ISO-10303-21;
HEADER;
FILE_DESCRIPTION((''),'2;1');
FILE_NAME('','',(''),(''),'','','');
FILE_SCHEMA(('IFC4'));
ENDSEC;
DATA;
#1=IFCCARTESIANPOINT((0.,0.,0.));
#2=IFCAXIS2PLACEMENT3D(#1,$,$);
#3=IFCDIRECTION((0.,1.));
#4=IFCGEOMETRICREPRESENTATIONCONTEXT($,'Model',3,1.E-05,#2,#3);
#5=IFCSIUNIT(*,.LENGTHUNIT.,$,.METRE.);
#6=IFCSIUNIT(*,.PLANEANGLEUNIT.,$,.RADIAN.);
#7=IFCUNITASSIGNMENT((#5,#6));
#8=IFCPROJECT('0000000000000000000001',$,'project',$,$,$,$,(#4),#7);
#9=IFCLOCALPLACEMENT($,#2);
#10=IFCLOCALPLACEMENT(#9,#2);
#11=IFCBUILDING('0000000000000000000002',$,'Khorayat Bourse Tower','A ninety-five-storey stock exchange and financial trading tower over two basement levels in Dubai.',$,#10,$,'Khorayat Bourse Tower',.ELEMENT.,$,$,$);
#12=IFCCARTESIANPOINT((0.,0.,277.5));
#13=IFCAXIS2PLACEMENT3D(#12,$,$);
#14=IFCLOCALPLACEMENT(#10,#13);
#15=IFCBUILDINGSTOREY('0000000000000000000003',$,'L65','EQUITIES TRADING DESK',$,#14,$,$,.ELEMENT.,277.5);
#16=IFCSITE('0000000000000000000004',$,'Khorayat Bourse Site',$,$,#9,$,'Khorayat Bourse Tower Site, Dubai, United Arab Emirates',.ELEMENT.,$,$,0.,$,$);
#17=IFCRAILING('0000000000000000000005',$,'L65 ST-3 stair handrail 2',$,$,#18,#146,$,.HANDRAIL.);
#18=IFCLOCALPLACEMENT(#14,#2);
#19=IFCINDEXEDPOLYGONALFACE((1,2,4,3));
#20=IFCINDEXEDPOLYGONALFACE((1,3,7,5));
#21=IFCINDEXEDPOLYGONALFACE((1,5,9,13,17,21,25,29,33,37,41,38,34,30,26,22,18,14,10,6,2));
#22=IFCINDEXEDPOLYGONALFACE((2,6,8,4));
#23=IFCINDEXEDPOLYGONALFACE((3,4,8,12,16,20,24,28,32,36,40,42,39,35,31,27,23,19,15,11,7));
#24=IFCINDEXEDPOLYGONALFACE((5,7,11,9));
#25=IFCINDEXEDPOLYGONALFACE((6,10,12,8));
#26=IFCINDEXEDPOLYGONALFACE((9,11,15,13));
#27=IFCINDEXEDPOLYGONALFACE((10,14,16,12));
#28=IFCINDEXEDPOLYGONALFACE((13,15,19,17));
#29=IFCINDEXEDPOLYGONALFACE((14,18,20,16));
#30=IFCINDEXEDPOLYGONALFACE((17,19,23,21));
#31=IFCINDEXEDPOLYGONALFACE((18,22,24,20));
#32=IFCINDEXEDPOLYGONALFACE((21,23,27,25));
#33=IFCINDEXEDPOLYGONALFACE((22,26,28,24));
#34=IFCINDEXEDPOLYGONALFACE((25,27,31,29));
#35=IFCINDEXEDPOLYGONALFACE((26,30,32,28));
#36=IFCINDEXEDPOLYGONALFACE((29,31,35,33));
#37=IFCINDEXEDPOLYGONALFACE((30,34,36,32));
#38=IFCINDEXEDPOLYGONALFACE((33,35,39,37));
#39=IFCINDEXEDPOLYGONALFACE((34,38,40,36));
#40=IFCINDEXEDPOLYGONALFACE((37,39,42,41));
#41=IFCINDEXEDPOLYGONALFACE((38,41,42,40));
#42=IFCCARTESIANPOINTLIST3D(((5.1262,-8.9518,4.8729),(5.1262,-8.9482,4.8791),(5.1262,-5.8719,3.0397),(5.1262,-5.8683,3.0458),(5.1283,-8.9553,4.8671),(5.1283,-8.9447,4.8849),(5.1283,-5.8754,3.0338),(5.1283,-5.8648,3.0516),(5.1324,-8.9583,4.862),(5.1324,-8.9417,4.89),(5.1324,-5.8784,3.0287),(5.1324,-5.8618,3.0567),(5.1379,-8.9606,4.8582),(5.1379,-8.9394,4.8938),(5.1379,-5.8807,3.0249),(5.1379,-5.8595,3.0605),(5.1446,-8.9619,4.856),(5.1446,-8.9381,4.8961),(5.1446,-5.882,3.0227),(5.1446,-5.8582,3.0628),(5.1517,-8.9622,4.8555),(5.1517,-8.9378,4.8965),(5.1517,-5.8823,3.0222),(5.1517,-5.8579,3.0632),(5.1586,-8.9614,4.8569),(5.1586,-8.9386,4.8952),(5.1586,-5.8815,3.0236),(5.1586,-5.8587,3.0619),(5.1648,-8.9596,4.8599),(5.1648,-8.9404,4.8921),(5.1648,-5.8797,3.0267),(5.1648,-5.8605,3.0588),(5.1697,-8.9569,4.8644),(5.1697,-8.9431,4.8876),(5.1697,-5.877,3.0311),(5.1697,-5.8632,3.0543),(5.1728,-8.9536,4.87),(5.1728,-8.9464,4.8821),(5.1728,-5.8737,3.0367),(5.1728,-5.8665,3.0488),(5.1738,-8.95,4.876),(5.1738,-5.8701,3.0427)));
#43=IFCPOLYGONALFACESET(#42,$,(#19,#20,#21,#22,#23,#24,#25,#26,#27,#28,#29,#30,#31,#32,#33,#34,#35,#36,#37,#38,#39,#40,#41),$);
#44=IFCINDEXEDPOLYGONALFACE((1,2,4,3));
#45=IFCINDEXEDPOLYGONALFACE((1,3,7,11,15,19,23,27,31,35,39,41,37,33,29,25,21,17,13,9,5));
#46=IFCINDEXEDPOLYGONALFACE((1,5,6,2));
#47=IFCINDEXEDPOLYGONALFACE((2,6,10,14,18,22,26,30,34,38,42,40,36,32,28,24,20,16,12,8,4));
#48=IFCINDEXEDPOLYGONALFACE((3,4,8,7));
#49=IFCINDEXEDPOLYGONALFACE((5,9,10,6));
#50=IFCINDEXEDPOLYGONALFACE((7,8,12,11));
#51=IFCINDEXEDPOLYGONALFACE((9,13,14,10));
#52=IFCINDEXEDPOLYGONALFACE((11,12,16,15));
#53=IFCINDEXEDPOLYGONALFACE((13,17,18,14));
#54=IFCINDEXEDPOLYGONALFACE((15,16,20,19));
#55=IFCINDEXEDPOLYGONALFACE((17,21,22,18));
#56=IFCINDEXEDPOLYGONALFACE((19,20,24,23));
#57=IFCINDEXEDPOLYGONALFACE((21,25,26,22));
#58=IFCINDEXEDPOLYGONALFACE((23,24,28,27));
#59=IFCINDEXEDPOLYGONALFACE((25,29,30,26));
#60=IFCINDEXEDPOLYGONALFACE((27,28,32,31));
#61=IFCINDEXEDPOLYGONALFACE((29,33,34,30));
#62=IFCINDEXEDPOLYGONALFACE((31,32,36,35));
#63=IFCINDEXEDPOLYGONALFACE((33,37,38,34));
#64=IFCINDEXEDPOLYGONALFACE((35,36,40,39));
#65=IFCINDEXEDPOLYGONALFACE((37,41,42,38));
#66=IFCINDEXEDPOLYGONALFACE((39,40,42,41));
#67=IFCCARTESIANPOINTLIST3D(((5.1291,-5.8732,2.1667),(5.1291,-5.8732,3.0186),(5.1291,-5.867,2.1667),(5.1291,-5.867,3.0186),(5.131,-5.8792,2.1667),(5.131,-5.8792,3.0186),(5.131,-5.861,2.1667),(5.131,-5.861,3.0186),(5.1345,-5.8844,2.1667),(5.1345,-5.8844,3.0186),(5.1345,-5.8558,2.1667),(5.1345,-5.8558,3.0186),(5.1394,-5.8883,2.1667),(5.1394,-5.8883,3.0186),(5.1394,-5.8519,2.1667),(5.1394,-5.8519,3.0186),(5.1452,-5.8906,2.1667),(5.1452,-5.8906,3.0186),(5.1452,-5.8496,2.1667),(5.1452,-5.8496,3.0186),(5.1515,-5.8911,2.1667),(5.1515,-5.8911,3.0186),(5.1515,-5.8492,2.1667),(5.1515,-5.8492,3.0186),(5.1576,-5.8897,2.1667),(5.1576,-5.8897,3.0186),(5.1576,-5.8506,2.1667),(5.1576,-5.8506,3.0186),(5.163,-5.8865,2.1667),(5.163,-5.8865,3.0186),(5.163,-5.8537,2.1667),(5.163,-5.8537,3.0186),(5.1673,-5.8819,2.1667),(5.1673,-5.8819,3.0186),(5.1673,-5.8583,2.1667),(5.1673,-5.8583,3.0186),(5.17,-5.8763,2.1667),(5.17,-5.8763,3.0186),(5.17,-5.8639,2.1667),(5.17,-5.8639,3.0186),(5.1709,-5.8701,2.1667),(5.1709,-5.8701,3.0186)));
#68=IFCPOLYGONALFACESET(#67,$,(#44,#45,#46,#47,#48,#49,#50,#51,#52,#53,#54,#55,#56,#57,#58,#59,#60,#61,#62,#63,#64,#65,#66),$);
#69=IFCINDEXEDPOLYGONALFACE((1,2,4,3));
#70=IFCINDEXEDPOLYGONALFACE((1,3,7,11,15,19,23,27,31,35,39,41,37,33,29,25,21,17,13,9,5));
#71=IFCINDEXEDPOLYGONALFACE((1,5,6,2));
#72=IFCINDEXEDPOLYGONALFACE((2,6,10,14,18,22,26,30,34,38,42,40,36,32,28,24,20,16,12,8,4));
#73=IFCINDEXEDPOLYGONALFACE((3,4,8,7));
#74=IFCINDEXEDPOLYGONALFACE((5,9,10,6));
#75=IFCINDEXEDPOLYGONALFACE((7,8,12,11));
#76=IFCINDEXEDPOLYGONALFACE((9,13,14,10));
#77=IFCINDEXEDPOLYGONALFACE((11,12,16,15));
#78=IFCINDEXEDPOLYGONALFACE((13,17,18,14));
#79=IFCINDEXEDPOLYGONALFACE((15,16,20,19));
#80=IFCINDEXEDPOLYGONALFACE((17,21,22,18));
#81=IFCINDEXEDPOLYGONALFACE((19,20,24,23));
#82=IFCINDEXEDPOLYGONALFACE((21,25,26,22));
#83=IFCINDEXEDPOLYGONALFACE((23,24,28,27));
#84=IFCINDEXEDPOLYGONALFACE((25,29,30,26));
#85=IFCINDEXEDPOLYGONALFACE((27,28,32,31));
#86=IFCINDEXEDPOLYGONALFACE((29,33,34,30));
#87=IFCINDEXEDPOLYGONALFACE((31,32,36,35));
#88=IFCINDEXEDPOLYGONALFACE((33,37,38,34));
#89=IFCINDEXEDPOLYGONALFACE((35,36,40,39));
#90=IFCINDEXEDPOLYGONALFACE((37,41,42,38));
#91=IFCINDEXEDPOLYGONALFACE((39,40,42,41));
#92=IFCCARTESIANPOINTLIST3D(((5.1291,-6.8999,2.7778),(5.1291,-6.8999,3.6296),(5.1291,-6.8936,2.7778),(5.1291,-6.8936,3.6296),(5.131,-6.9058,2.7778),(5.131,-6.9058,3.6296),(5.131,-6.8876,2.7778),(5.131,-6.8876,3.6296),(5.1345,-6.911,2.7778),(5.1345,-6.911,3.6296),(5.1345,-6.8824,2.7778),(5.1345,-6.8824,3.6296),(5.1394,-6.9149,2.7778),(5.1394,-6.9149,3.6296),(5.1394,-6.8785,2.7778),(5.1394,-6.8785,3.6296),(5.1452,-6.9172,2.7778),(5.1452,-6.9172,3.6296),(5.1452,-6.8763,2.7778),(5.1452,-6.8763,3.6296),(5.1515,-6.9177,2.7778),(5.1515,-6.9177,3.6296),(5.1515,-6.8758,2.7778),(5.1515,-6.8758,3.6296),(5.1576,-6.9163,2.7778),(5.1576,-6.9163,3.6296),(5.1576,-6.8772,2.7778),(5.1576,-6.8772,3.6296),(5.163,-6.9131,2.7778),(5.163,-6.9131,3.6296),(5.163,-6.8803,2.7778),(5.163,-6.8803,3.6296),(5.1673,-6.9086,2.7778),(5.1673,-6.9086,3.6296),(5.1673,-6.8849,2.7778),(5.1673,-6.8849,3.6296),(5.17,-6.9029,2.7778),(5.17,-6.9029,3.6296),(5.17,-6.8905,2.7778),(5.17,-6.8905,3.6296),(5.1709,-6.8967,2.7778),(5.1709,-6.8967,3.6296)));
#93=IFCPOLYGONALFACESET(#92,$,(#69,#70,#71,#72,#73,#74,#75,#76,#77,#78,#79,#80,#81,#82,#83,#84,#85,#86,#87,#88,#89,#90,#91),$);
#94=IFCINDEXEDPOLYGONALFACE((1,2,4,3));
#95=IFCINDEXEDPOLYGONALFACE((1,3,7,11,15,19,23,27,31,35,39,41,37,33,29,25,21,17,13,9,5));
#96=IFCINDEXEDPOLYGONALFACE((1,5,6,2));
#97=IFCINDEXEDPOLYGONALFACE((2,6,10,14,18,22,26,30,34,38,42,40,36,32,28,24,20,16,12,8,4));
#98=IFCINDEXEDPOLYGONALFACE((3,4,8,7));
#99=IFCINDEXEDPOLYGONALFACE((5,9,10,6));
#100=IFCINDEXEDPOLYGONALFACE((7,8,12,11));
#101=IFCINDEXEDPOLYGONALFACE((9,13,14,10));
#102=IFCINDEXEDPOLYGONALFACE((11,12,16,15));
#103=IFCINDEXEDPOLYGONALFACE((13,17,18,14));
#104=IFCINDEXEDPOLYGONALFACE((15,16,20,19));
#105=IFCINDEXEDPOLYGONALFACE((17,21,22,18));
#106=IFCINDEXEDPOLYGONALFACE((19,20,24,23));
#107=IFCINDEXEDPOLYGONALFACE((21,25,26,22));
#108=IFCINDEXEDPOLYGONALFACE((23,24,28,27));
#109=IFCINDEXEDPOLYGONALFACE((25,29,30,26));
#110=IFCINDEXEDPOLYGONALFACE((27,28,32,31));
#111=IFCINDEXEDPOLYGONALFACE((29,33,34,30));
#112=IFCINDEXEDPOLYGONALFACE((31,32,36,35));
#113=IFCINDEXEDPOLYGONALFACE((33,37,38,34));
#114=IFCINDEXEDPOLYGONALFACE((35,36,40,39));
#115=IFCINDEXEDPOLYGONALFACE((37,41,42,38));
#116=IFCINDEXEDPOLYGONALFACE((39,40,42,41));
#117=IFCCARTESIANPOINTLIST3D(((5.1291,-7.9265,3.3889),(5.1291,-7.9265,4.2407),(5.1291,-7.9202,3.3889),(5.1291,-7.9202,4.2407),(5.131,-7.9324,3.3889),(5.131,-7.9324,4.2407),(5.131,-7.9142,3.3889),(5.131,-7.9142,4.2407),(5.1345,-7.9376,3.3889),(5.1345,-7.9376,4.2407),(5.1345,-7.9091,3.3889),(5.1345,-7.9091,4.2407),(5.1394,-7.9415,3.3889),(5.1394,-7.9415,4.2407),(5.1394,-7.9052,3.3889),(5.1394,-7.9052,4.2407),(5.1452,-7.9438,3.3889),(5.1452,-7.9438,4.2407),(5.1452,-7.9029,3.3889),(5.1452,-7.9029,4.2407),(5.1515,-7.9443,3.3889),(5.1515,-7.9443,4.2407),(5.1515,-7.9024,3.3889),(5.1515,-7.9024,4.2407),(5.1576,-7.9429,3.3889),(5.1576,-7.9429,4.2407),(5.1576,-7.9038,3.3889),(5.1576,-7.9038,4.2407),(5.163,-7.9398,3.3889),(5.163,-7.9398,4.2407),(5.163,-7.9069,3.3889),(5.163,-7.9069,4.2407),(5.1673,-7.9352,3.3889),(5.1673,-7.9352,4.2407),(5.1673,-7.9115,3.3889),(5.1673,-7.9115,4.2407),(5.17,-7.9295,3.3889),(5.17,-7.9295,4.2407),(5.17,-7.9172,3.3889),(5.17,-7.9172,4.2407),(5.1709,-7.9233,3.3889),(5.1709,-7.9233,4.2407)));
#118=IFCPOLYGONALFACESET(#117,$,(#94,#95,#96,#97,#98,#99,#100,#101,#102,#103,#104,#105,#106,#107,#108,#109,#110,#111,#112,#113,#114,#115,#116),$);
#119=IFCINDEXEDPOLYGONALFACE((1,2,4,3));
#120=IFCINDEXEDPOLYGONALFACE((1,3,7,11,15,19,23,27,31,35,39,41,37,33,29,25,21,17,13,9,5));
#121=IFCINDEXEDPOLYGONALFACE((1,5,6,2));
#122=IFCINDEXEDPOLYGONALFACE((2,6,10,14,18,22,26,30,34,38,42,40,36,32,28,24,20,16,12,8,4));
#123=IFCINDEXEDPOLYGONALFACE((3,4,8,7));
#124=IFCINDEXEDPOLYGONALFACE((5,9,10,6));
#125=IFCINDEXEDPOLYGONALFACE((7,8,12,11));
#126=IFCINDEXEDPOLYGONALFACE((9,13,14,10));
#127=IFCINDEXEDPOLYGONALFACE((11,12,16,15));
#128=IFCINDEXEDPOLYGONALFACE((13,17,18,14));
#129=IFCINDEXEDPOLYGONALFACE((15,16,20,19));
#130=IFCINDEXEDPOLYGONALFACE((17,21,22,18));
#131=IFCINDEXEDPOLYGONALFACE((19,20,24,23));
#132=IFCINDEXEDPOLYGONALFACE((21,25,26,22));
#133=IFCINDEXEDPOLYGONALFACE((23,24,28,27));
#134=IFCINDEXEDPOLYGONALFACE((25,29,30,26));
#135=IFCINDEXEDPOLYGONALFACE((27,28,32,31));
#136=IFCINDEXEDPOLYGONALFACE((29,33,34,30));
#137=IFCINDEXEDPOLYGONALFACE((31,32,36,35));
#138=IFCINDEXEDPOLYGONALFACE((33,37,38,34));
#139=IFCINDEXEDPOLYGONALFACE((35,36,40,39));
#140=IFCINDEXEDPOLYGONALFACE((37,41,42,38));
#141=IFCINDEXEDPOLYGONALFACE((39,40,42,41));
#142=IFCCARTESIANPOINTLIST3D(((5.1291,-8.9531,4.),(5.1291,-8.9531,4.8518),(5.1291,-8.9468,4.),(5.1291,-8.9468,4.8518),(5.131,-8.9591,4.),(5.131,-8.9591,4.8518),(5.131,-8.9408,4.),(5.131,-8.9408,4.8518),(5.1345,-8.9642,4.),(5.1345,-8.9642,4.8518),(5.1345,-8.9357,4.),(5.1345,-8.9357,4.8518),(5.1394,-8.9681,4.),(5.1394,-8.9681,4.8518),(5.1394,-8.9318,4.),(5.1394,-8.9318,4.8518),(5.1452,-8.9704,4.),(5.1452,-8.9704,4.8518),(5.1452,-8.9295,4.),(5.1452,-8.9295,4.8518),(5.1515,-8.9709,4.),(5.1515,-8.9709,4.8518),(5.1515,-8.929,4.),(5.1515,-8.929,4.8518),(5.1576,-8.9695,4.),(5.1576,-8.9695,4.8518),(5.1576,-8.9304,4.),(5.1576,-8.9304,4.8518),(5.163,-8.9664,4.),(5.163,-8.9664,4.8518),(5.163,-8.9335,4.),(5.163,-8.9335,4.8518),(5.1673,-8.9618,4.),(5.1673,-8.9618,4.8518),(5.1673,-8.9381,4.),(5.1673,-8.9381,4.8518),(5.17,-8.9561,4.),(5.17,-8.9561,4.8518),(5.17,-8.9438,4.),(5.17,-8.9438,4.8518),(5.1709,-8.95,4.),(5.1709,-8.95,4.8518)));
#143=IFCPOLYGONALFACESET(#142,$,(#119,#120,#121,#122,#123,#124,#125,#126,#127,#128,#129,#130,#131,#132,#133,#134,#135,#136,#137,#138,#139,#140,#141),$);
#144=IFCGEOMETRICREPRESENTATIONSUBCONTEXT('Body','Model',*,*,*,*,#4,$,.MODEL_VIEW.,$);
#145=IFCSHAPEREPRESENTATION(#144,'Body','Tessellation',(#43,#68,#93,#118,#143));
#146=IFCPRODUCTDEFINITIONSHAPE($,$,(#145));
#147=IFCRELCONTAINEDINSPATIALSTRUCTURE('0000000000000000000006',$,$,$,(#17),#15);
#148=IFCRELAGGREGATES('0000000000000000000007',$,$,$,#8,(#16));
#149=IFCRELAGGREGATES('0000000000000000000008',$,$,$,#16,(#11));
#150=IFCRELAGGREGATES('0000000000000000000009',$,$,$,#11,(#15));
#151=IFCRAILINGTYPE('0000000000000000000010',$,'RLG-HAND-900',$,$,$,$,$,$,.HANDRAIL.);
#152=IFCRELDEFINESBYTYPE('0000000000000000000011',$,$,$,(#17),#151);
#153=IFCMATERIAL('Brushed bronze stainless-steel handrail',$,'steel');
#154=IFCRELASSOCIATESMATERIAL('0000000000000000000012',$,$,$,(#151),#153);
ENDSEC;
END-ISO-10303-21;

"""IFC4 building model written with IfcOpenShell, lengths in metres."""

from ifc_helpers import new_model, si_unit, direction, frame, origin, origin_2d, place, context, subcontext, project, spatial, circle, extrude, source, transform, mapped, material, type_object, element, save


model = new_model("IFC4")

# Units and contexts
model_context = context("Model", 3, precision=1e-05, world=origin(), true_north=direction((0.0, 1.0)))
body_context = subcontext(model_context, "Body", "Model", "MODEL_VIEW")
ifc_project = project(units=[si_unit("LENGTHUNIT", "METRE"), si_unit("PLANEANGLEUNIT", "RADIAN")], contexts=[model_context])

# Site, building, storey
site_placement = place(None, origin())
site = spatial("IfcSite", under=ifc_project, at=site_placement, Name="Khorayat Bourse Site", LongName="Khorayat Bourse Tower Site, Dubai, United Arab Emirates", CompositionType="ELEMENT", RefElevation=0.0)
building_placement = place(site_placement, origin())
building = spatial("IfcBuilding", under=site, at=building_placement, Name="Khorayat Bourse Tower", Description="A ninety-five-storey stock exchange and financial trading tower over two basement levels in Dubai.", LongName="Khorayat Bourse Tower", CompositionType="ELEMENT")
storey_placement = place(building_placement, frame((0.0, 0.0, 277.5)))
storey = spatial("IfcBuildingStorey", under=building, at=storey_placement, Name="L65", Description="EQUITIES TRADING DESK", CompositionType="ELEMENT", Elevation=277.5)

# Railing
ifc_material_1 = material(Name="Brushed bronze stainless-steel handrail", Category="steel")
railing_type = type_object("IfcRailingType", Name="RLG-HAND-900", PredefinedType="HANDRAIL", material=ifc_material_1)
shared_shape_1 = source(origin(), body_context, "Body", "SweptSolid", [
    extrude(circle(Radius=0.0239, at=origin_2d()), frame((0.0, 0.0, 0.876), z_axis=(0.0, -0.859291, 0.511487), x_axis=(1.0, 0.0, 0.0)), (0.0, 0.0, 1.0), 3.5842),
    extrude(circle(Radius=0.021, at=origin_2d()), origin(), (0.0, 0.0, 1.0), 0.8518),
    extrude(circle(Radius=0.021, at=origin_2d()), frame((0.0, -1.0266, 0.6111)), (0.0, 0.0, 1.0), 0.8518),
    extrude(circle(Radius=0.021, at=origin_2d()), frame((0.0, -2.0532, 1.2222)), (0.0, 0.0, 1.0), 0.8518),
    extrude(circle(Radius=0.021, at=origin_2d()), frame((0.0, -3.0798, 1.8333)), (0.0, 0.0, 1.0), 0.8518),
])
railing_placement = place(storey_placement, frame((5.1499, -5.8701, 2.1667)))
element("IfcRailing", 1, at=railing_placement, inside=storey, type_object=railing_type, Name="L65 ST-3 stair handrail 2", PredefinedType="HANDRAIL", context=body_context, shape_type="MappedRepresentation", body=[
    mapped(shared_shape_1, transform((0.0, 0.0, 0.0), scale=1.0)),
])

save(model, "model.ifc")
